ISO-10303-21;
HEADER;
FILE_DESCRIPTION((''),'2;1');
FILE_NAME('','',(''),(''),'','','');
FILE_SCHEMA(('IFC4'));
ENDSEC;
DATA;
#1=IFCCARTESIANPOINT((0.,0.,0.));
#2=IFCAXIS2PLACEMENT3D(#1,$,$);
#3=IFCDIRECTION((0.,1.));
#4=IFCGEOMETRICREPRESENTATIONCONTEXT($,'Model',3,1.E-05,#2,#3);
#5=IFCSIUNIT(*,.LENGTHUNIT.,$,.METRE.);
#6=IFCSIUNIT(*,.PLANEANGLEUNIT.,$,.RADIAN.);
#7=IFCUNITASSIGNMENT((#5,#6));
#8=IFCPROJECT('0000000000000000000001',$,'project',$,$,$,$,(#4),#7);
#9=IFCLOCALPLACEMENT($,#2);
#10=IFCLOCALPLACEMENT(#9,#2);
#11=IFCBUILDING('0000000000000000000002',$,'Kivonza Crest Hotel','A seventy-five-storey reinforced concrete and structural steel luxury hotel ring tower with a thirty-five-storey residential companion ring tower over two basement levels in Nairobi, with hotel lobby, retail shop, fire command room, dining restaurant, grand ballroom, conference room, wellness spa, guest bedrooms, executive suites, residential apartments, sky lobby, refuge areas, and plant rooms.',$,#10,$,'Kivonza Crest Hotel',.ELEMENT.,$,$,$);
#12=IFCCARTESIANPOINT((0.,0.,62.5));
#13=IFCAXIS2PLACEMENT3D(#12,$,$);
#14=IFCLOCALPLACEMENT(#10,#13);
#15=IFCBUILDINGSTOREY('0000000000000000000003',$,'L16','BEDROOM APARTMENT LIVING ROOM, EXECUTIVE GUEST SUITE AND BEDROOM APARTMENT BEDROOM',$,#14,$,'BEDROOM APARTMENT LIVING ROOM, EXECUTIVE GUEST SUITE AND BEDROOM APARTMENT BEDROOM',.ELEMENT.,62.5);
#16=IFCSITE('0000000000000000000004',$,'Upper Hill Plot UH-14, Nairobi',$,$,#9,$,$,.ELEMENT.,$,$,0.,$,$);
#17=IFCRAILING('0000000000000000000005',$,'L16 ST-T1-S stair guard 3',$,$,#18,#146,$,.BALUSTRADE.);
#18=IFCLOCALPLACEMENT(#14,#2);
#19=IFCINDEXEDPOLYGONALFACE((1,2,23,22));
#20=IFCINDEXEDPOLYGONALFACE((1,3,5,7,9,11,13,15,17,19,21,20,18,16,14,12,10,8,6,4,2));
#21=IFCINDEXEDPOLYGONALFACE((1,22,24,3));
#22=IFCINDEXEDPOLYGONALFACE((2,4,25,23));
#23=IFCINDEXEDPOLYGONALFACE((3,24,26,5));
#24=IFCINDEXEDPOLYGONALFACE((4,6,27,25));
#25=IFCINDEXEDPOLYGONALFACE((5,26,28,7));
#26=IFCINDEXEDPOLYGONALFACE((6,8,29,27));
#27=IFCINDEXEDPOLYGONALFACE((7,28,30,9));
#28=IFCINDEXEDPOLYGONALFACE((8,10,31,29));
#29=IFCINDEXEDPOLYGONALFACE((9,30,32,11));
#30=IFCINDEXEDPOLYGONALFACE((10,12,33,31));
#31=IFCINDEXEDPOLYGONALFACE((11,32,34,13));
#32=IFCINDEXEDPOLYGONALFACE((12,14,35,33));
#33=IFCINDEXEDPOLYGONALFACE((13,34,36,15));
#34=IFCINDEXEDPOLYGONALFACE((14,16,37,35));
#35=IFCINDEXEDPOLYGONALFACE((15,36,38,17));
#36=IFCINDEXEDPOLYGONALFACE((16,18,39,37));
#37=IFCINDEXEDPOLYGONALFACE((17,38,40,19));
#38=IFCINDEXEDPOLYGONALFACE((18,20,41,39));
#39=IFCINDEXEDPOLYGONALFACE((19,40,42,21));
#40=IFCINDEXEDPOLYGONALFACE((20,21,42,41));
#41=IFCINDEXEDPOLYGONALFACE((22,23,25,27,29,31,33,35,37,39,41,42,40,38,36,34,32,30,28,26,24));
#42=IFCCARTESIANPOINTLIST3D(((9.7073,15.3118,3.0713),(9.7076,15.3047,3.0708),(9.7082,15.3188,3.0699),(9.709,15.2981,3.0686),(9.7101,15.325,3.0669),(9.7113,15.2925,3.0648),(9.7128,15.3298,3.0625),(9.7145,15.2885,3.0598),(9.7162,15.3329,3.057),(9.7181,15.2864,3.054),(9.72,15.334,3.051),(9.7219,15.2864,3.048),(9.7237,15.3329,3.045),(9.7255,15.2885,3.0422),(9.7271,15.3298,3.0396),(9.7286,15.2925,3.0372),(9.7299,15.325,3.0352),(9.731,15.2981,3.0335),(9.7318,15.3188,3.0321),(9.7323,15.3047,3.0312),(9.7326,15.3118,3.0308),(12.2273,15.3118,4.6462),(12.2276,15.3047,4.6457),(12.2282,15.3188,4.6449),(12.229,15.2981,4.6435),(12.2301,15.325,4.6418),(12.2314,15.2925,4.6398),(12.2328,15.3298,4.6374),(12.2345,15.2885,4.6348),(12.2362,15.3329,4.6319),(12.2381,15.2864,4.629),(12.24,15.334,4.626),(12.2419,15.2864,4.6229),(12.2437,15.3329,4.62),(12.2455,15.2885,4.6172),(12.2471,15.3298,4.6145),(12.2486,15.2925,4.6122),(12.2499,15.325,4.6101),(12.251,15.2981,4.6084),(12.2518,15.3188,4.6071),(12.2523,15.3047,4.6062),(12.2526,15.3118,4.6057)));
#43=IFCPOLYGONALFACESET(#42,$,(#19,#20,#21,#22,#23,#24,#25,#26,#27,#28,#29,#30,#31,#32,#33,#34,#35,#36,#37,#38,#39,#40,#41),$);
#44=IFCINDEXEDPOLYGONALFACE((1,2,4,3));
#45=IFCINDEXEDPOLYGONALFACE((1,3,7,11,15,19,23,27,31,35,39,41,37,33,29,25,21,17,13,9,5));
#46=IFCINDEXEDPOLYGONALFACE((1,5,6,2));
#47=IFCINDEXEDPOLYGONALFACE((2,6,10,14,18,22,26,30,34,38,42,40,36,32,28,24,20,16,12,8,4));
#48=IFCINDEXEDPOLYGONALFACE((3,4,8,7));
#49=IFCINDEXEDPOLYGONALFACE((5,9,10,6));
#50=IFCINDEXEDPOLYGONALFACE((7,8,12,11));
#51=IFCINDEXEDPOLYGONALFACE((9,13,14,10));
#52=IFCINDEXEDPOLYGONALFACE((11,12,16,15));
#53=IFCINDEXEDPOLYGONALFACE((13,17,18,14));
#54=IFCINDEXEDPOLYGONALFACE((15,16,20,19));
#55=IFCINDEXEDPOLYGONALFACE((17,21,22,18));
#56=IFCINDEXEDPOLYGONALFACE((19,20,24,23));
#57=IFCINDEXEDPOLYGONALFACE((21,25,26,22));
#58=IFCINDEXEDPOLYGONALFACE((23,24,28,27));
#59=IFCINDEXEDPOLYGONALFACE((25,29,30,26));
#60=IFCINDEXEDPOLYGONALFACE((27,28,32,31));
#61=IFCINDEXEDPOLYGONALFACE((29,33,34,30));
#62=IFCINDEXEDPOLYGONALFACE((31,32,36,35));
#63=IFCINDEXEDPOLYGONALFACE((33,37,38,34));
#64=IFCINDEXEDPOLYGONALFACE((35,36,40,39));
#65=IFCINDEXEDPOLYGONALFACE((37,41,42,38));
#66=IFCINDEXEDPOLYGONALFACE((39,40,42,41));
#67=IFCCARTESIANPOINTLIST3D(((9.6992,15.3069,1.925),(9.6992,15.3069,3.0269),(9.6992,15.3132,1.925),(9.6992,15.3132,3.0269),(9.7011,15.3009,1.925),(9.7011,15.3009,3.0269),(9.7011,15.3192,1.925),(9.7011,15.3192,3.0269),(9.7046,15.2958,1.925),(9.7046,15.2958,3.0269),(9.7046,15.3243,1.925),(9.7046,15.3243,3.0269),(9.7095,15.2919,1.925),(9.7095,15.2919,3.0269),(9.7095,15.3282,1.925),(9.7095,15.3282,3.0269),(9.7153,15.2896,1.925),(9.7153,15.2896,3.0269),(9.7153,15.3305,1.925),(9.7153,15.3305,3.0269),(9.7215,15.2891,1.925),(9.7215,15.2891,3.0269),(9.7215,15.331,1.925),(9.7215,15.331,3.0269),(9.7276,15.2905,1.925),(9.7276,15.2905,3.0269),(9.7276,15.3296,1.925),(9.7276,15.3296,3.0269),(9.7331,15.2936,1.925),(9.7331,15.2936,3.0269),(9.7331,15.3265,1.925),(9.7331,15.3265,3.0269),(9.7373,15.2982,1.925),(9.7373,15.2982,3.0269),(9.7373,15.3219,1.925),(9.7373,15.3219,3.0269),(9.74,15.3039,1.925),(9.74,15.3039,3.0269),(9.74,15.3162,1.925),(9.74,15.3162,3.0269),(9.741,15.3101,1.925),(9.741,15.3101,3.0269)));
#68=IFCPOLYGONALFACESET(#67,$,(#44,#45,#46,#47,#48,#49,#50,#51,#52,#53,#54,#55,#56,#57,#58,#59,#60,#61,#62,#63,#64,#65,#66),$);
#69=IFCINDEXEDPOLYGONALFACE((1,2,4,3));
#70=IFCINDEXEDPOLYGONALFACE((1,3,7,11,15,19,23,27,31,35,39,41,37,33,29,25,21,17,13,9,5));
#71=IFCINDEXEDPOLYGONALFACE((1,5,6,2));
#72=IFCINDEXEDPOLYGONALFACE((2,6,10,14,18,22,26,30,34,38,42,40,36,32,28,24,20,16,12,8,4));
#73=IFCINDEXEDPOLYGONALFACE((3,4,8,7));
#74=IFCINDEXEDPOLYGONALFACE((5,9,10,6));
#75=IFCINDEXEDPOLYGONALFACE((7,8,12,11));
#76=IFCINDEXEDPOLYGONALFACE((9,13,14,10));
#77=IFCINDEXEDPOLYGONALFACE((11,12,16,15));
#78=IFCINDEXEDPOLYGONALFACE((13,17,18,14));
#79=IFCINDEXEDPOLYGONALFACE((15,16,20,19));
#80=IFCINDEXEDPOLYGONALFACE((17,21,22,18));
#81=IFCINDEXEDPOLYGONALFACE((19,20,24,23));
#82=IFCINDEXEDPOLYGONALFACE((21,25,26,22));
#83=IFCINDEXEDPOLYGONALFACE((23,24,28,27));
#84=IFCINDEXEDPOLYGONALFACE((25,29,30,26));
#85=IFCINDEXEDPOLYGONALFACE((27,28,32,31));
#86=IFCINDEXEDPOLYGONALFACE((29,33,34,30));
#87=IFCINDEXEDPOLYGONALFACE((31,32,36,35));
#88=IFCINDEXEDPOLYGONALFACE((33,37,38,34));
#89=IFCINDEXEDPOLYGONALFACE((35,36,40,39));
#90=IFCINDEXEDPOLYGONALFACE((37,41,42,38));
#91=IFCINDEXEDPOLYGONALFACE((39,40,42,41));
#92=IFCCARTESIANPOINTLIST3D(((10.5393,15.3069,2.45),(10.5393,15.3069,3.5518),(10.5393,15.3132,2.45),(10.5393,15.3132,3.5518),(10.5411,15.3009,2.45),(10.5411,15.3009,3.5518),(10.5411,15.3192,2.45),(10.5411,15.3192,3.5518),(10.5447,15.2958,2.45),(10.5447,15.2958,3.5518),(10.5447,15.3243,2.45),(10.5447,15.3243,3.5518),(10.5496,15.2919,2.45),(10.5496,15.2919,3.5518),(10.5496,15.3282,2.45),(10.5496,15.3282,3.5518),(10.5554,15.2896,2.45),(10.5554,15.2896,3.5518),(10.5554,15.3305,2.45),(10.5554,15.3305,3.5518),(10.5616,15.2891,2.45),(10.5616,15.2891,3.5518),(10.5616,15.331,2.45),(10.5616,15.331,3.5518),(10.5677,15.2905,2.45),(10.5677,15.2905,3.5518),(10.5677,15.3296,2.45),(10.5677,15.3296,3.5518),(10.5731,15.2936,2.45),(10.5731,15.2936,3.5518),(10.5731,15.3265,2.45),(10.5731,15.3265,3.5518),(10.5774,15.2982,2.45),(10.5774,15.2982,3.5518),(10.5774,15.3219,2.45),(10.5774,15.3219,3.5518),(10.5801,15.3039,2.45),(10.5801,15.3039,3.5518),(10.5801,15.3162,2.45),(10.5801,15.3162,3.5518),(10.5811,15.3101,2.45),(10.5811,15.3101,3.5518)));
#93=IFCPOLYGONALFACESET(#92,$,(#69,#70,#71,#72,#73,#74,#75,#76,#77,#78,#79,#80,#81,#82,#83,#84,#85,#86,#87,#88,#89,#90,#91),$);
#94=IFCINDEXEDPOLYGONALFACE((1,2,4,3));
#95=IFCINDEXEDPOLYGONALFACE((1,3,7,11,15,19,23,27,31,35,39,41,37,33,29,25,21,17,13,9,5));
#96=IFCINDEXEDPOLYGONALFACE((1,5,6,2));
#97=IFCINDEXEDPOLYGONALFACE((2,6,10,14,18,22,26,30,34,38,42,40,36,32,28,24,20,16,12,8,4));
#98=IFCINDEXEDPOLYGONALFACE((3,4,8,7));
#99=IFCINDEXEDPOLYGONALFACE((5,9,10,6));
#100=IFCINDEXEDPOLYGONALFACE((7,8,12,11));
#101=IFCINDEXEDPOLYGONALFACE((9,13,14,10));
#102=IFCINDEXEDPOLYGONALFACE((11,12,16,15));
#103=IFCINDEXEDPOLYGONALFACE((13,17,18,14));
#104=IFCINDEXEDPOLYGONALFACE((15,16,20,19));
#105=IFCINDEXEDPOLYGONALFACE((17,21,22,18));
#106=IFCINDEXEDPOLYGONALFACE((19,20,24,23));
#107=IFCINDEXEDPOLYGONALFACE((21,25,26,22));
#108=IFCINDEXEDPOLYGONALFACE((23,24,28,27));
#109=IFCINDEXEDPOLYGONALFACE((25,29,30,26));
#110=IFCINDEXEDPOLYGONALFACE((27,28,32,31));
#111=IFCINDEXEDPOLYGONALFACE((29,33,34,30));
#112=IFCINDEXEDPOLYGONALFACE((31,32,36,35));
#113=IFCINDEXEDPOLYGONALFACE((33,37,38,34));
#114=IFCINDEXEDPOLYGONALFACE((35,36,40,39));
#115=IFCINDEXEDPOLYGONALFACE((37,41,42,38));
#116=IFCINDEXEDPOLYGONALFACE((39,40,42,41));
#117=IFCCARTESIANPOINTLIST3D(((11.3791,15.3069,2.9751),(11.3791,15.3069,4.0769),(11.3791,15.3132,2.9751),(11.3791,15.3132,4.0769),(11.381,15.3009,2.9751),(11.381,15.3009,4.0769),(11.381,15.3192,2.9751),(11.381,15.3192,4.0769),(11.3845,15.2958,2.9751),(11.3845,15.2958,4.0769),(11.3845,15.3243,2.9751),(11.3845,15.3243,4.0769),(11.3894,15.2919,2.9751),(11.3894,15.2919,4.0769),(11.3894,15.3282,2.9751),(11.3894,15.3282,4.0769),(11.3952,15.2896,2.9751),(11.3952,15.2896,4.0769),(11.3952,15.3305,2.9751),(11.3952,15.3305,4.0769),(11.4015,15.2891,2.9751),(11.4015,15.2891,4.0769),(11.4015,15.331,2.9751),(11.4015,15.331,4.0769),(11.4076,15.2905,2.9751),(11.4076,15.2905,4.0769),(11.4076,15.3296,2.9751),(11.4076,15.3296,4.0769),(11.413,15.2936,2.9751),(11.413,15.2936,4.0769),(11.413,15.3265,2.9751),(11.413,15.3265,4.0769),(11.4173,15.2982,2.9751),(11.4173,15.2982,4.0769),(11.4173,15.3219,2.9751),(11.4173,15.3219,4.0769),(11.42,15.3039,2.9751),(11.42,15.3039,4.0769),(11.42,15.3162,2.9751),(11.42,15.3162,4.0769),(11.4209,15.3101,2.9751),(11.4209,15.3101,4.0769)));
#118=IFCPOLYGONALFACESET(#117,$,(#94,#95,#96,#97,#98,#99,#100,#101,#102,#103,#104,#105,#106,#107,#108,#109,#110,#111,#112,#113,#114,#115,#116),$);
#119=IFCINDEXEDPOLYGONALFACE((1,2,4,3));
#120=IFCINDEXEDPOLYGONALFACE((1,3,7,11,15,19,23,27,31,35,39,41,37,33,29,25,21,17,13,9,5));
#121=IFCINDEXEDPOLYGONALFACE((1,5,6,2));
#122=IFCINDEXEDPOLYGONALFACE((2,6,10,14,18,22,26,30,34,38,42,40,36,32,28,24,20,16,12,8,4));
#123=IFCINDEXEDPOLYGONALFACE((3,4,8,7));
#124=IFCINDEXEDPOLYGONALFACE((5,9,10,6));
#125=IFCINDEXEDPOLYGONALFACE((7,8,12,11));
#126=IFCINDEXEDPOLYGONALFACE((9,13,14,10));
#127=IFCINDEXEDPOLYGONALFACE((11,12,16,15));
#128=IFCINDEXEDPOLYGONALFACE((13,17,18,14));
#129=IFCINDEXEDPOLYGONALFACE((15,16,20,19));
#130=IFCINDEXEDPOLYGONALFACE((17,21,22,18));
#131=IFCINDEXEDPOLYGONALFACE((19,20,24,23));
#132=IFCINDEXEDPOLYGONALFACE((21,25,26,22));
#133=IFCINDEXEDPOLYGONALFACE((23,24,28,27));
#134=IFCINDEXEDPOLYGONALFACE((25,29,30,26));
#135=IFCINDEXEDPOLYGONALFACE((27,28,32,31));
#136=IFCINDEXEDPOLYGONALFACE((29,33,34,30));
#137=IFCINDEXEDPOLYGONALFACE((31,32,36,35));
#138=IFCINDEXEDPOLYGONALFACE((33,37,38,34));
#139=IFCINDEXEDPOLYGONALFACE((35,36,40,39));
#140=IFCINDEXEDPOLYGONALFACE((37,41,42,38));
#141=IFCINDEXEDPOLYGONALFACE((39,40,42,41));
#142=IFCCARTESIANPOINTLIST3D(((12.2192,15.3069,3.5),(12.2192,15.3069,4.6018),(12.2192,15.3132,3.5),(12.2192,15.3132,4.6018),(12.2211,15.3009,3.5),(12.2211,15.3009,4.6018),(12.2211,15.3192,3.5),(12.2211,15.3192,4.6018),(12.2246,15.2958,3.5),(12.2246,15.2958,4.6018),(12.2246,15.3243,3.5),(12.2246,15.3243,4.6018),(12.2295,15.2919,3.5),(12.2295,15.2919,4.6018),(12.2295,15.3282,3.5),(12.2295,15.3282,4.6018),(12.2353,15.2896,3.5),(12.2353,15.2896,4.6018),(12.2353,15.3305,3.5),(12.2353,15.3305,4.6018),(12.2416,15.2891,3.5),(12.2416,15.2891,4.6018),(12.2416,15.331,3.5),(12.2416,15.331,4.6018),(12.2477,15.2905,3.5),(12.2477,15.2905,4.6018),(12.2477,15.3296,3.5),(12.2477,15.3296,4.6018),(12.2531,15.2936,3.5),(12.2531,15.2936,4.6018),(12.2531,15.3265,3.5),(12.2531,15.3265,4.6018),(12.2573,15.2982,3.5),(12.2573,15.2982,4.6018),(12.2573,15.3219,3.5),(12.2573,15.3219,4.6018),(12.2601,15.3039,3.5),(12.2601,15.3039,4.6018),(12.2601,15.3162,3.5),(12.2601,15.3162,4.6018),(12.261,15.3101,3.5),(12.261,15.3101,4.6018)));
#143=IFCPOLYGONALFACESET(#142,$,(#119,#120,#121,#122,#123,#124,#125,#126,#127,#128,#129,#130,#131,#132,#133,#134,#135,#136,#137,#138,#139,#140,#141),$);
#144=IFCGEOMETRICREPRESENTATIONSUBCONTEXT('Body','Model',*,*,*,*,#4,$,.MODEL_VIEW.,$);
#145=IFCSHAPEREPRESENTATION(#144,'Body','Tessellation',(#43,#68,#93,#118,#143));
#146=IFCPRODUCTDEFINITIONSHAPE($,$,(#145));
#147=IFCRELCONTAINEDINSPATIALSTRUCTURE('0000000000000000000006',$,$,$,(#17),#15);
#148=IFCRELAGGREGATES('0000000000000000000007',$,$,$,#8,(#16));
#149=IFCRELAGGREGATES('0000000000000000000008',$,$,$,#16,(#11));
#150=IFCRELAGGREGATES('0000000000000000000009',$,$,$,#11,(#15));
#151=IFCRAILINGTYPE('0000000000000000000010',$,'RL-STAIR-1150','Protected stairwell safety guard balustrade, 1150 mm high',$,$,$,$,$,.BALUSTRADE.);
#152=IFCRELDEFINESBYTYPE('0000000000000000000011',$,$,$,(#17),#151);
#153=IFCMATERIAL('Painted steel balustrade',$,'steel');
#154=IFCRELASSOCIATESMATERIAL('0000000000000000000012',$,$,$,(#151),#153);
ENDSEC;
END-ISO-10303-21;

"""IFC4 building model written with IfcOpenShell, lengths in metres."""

from ifc_helpers import new_model, si_unit, direction, frame, origin, origin_2d, place, context, subcontext, project, spatial, circle, extrude, material, type_object, element, save


model = new_model("IFC4")

# Units and contexts
model_context = context("Model", 3, precision=1e-05, world=origin(), true_north=direction((0.0, 1.0)))
body_context = subcontext(model_context, "Body", "Model", "MODEL_VIEW")
ifc_project = project(units=[si_unit("LENGTHUNIT", "METRE"), si_unit("PLANEANGLEUNIT", "RADIAN")], contexts=[model_context])

# Site, building, storey
site_placement = place(None, origin())
site = spatial("IfcSite", under=ifc_project, at=site_placement, Name="Upper Hill Plot UH-14, Nairobi", CompositionType="ELEMENT", RefElevation=0.0)
building_placement = place(site_placement, origin())
building = spatial("IfcBuilding", under=site, at=building_placement, Name="Kivonza Crest Hotel", Description="A seventy-five-storey reinforced concrete and structural steel luxury hotel ring tower with a thirty-five-storey residential companion ring tower over two basement levels in Nairobi, with hotel lobby, retail shop, fire command room, dining restaurant, grand ballroom, conference room, wellness spa, guest bedrooms, executive suites, residential apartments, sky lobby, refuge areas, and plant rooms.", LongName="Kivonza Crest Hotel", CompositionType="ELEMENT")
storey_placement = place(building_placement, frame((0.0, 0.0, 62.5)))
storey = spatial("IfcBuildingStorey", under=building, at=storey_placement, Name="L16", Description="BEDROOM APARTMENT LIVING ROOM, EXECUTIVE GUEST SUITE AND BEDROOM APARTMENT BEDROOM", LongName="BEDROOM APARTMENT LIVING ROOM, EXECUTIVE GUEST SUITE AND BEDROOM APARTMENT BEDROOM", CompositionType="ELEMENT", Elevation=62.5)

# Railing
ifc_material_1 = material(Name="Painted steel balustrade", Category="steel")
railing_type_1 = type_object("IfcRailingType", Name="RL-STAIR-1150", Description="Protected stairwell safety guard balustrade, 1150 mm high", PredefinedType="BALUSTRADE", material=ifc_material_1)
railing_1_placement = place(storey_placement, frame((9.72, 15.3101, 1.925)))
element("IfcRailing", 1, at=railing_1_placement, inside=storey, type_object=railing_type_1, Name="L16 ST-T1-S stair guard 3", PredefinedType="BALUSTRADE", context=body_context, shape_type="SweptSolid", body=[
    extrude(circle(Radius=0.0239, at=origin_2d()), frame((0.0, 0.0, 1.126), z_axis=(0.848008, 0.0, 0.529984), x_axis=(0.0, 1.0, 0.0)), (0.0, 0.0, 1.0), 2.9717),
    extrude(circle(Radius=0.021, at=origin_2d()), origin(), (0.0, 0.0, 1.0), 1.1018),
    extrude(circle(Radius=0.021, at=origin_2d()), frame((0.8401, 0.0, 0.5249)), (0.0, 0.0, 1.0), 1.1018),
    extrude(circle(Radius=0.021, at=origin_2d()), frame((1.6799, 0.0, 1.05)), (0.0, 0.0, 1.0), 1.1018),
    extrude(circle(Radius=0.021, at=origin_2d()), frame((2.52, 0.0, 1.575)), (0.0, 0.0, 1.0), 1.1018),
])

save(model, "model.ifc")
